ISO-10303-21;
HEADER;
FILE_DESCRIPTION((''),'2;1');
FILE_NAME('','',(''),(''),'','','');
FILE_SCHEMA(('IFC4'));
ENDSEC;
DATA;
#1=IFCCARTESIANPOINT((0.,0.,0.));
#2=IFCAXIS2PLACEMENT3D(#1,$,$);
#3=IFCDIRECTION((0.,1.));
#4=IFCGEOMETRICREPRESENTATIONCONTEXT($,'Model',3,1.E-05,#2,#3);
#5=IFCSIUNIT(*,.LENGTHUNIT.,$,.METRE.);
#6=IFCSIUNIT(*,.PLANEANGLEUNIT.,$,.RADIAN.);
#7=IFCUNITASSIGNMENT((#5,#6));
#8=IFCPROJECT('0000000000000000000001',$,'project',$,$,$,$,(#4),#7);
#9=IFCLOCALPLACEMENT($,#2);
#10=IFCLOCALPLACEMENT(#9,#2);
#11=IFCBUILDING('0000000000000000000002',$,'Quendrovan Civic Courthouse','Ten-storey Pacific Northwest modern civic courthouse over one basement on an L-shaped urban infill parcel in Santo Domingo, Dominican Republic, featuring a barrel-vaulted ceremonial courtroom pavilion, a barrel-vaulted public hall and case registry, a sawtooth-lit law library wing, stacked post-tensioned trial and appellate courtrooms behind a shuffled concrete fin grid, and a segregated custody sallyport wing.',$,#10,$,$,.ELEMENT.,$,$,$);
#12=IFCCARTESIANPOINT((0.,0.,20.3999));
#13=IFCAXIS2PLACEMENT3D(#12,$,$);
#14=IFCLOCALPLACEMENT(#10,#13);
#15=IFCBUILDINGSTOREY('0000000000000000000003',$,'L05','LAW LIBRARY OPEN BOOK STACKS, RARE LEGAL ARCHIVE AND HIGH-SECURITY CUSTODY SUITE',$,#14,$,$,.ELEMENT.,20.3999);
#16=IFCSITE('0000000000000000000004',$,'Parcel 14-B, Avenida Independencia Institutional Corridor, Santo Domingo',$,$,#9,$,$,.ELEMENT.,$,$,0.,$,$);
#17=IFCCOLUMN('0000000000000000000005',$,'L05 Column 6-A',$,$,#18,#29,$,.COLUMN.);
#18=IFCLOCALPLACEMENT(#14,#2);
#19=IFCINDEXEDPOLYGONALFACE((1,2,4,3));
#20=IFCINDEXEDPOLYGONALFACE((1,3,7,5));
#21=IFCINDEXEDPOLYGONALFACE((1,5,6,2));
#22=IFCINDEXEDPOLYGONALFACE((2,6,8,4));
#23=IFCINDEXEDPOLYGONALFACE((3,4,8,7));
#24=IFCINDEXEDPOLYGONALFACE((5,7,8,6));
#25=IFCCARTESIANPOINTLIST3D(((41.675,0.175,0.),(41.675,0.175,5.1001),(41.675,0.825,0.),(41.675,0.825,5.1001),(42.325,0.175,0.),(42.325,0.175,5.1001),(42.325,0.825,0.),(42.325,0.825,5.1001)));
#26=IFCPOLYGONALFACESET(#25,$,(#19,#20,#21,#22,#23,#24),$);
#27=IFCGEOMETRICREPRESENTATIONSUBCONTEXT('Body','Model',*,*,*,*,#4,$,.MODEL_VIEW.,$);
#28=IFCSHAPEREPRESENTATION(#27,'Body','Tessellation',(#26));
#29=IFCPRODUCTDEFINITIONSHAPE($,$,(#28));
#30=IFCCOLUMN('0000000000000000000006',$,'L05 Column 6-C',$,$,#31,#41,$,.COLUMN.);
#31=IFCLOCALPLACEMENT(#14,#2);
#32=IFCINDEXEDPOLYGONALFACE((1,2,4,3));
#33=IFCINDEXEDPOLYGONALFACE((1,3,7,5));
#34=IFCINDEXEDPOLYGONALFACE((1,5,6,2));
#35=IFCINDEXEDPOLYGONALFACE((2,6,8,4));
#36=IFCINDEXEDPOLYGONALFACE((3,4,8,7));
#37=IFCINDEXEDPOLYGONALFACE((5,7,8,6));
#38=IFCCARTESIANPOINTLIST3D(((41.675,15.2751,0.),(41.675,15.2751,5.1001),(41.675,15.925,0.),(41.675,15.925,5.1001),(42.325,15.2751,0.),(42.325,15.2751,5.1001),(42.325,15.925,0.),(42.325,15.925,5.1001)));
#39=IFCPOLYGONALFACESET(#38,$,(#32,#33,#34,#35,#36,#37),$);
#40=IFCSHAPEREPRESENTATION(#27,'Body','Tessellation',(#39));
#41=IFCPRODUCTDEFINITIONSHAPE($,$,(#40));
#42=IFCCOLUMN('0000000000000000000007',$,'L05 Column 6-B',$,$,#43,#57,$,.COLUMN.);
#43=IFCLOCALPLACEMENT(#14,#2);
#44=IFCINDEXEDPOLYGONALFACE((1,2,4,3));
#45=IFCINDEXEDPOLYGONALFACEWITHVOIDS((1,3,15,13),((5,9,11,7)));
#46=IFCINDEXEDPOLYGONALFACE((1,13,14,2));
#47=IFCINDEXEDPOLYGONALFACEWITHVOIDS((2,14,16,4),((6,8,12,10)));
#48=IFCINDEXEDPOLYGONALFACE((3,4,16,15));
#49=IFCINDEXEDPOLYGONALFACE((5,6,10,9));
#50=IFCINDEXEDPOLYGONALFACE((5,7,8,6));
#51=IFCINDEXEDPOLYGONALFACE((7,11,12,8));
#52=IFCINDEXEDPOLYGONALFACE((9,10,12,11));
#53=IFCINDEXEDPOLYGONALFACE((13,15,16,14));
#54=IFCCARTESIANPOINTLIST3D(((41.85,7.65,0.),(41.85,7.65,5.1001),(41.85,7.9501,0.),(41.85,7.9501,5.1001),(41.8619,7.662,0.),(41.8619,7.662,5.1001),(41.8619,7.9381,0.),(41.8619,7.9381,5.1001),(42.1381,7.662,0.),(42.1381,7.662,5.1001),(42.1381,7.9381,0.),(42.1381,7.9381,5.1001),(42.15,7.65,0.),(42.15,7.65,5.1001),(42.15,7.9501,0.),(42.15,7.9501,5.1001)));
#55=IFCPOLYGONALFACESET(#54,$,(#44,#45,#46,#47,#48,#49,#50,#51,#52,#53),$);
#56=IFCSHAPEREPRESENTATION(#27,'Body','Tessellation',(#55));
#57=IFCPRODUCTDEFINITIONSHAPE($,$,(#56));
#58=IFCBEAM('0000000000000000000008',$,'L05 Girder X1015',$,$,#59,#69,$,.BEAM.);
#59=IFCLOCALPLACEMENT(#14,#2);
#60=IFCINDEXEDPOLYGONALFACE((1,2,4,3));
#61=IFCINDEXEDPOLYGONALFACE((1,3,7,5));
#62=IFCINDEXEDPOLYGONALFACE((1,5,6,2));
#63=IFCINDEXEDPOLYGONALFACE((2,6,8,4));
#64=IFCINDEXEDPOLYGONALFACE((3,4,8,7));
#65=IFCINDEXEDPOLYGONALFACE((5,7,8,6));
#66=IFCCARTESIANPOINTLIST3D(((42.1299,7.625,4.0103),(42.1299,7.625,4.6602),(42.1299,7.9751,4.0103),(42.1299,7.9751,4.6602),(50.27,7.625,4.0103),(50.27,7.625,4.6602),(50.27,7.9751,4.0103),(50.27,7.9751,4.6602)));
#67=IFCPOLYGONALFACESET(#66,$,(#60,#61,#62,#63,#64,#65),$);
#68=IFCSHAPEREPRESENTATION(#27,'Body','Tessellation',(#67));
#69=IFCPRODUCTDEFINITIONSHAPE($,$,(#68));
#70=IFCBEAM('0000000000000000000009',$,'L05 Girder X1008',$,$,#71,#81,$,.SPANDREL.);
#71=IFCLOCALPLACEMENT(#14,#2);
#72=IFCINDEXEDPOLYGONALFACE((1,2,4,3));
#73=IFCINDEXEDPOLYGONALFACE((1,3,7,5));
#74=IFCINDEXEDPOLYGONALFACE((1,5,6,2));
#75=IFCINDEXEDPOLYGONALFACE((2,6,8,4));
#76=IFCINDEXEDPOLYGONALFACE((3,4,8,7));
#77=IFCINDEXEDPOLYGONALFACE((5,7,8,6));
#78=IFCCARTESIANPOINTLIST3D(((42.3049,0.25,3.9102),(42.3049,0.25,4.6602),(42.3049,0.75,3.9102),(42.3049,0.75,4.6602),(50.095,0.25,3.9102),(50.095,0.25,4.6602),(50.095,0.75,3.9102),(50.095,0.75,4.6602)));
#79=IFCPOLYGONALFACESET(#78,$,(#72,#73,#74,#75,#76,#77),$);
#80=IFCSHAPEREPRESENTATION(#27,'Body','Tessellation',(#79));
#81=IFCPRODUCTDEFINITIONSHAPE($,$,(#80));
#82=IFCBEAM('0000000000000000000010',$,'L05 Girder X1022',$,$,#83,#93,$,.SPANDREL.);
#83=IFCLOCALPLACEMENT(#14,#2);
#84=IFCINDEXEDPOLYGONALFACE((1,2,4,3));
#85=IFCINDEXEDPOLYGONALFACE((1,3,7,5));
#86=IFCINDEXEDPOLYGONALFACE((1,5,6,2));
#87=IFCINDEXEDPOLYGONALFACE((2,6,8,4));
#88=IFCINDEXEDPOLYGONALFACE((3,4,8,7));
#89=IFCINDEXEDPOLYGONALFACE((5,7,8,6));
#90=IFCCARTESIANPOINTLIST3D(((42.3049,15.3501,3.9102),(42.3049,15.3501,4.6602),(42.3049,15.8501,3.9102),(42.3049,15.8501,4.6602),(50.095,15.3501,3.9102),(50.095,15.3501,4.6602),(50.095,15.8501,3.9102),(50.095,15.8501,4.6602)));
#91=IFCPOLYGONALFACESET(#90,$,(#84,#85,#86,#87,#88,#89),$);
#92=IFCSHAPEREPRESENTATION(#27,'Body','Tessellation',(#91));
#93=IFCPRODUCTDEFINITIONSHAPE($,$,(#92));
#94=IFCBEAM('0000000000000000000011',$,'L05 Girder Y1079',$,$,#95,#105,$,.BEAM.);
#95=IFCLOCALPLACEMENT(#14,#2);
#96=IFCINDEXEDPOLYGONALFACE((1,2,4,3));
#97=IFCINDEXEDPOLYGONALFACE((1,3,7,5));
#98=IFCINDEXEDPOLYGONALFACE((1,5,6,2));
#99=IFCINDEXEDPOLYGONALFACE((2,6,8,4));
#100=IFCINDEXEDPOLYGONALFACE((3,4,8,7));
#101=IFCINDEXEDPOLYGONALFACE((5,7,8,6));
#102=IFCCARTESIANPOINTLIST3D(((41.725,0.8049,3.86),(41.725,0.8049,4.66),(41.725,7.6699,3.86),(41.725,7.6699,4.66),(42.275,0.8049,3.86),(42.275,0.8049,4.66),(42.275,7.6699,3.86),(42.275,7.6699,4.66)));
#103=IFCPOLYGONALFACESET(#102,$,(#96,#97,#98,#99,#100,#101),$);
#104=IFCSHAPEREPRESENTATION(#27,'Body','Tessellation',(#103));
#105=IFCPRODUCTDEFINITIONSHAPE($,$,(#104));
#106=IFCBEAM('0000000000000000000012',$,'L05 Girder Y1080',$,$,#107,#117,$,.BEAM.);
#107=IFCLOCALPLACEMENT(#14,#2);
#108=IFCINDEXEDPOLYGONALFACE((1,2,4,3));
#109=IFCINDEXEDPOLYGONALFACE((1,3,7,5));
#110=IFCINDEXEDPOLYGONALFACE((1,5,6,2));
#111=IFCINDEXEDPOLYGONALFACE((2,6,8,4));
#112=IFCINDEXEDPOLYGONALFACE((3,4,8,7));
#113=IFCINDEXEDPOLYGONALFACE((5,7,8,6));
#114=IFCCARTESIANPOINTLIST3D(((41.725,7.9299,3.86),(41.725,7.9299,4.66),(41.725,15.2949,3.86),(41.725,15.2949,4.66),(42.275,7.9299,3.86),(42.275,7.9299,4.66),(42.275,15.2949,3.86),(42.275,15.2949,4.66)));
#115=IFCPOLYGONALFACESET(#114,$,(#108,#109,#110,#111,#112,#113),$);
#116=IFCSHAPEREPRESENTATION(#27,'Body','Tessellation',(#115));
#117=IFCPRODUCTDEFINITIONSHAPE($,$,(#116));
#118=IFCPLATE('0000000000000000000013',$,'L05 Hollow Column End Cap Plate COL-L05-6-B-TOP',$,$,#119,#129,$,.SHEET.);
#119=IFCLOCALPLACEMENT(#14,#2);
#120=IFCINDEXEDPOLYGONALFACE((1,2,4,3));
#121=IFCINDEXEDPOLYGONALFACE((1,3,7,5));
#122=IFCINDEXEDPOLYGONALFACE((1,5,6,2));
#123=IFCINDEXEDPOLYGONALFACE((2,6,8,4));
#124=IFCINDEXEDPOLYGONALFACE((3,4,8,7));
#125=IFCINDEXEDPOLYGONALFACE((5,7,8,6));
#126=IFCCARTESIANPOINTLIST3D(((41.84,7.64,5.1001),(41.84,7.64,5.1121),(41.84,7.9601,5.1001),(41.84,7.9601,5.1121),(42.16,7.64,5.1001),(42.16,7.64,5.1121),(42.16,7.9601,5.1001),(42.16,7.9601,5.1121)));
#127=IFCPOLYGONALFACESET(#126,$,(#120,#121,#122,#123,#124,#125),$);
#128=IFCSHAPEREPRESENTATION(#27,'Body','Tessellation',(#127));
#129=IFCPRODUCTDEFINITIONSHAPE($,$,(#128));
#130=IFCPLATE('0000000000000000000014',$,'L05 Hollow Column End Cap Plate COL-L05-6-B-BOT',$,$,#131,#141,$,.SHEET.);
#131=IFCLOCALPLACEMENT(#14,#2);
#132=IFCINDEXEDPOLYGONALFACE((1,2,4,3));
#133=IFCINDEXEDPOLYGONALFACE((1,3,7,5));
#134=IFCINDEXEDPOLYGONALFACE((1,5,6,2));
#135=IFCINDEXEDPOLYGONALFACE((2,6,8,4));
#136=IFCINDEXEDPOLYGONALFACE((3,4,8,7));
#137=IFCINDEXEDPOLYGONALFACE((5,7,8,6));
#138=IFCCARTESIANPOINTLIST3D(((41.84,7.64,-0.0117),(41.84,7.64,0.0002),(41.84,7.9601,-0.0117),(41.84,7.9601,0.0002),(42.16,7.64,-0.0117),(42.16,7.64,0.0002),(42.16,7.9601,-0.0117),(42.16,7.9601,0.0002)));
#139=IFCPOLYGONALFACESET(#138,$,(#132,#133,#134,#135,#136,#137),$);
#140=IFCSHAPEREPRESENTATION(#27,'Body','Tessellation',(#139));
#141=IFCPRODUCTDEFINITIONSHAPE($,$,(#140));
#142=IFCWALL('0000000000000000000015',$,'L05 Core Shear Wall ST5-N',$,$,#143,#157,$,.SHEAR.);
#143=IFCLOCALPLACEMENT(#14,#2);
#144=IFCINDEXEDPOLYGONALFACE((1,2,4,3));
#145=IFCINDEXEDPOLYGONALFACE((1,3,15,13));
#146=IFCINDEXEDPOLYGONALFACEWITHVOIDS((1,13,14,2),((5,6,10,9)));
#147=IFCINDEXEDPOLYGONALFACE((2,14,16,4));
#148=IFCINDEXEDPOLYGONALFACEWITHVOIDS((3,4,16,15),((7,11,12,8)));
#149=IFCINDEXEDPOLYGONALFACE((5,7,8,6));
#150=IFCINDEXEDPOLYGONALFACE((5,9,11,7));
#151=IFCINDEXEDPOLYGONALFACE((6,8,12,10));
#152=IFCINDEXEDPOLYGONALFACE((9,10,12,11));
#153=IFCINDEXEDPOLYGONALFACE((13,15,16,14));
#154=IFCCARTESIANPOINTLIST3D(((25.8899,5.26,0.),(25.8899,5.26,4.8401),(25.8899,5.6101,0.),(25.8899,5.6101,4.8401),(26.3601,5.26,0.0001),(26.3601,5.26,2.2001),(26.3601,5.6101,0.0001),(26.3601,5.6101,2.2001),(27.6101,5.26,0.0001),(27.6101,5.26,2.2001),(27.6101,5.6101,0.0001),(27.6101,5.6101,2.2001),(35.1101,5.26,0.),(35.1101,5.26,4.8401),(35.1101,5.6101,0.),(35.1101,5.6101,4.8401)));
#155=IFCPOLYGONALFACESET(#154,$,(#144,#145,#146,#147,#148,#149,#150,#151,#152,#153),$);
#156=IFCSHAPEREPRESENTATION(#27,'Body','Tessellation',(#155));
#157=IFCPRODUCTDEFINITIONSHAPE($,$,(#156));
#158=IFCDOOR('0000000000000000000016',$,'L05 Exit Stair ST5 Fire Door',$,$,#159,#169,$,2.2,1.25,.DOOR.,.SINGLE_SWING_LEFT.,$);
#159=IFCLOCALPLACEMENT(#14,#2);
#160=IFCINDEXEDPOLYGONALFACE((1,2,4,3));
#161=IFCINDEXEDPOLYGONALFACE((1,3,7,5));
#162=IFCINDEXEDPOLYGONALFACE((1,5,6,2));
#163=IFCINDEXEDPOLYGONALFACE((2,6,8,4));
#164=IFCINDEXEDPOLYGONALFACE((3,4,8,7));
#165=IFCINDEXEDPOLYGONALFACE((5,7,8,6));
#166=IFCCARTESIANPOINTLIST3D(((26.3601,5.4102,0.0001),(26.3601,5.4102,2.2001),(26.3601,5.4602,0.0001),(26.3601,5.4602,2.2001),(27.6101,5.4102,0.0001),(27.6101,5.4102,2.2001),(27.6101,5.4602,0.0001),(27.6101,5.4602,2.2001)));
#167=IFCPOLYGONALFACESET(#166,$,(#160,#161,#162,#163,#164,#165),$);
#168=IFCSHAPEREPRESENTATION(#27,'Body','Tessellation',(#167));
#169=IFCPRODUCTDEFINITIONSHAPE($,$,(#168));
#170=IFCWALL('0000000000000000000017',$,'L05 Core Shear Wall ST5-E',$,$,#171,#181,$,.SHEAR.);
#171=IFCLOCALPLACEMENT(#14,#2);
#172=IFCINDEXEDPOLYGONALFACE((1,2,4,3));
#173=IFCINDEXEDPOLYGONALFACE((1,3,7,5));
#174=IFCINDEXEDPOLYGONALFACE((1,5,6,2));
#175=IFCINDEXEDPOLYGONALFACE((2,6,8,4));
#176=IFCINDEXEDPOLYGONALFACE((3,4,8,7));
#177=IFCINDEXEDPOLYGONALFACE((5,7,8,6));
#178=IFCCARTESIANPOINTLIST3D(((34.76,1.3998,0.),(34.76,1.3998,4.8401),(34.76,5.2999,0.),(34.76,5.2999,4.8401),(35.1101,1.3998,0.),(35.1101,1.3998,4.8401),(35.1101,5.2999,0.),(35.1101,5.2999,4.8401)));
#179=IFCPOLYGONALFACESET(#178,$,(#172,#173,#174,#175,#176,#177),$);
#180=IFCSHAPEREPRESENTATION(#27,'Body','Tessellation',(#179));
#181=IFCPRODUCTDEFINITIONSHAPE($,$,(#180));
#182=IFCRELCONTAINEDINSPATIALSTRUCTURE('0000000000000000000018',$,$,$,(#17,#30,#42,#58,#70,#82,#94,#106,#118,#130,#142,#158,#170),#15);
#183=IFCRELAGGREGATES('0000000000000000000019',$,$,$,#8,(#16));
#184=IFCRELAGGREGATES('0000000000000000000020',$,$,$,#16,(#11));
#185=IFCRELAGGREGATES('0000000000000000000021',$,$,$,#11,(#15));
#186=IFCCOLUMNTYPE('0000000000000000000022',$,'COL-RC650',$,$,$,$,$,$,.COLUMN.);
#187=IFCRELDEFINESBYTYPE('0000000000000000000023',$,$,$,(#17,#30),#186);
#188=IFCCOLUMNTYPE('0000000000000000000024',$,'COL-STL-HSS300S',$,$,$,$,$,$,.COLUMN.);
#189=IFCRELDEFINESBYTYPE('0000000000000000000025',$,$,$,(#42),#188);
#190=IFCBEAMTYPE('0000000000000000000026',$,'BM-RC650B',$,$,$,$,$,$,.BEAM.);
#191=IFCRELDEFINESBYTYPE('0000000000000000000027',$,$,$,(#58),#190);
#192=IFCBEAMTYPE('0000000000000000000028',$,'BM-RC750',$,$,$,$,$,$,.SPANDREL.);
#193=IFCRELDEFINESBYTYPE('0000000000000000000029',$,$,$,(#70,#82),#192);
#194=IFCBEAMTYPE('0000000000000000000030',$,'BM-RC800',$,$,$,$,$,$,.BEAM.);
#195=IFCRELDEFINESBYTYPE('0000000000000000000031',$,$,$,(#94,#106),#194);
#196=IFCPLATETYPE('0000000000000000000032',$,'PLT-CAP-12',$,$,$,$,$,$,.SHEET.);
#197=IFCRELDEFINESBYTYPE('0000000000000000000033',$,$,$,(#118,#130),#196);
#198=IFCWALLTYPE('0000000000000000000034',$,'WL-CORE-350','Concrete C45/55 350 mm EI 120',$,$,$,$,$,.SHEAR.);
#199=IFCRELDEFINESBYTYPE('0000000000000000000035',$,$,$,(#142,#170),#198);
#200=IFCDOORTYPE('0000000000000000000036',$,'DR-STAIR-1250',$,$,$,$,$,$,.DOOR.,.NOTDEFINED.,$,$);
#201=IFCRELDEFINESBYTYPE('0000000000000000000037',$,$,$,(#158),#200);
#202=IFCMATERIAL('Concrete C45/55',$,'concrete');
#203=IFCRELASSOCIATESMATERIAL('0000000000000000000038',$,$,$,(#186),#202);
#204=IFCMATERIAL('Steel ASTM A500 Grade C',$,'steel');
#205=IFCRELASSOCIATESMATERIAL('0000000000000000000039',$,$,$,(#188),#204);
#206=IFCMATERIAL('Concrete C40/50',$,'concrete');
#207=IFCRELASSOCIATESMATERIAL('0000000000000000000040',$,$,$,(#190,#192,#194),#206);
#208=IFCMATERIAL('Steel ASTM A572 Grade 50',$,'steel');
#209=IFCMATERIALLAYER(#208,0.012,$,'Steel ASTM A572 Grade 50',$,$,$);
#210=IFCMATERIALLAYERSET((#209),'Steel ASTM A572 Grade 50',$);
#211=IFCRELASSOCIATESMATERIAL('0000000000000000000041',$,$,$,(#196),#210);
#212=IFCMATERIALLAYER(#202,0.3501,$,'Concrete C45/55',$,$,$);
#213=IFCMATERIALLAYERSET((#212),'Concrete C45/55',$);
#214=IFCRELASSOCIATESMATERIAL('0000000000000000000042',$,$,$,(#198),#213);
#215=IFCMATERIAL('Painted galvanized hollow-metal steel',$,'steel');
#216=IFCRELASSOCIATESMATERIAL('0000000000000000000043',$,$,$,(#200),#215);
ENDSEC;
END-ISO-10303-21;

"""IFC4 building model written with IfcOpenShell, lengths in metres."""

from ifc_helpers import new_model, si_unit, direction, frame, frame_2d, origin, origin_2d, place, context, subcontext, project, spatial, rectangle, hollow_rectangle, extrude, material, layer, layer_set, material_profile, profile_set, type_object, element, fill, save


model = new_model("IFC4")

# Units and contexts
model_context = context("Model", 3, precision=1e-05, world=origin(), true_north=direction((0.0, 1.0)))
body_context = subcontext(model_context, "Body", "Model", "MODEL_VIEW")
ifc_project = project(units=[si_unit("LENGTHUNIT", "METRE"), si_unit("PLANEANGLEUNIT", "RADIAN")], contexts=[model_context])

# Site, building, storey
site_placement = place(None, origin())
site = spatial("IfcSite", under=ifc_project, at=site_placement, Name="Parcel 14-B, Avenida Independencia Institutional Corridor, Santo Domingo", CompositionType="ELEMENT", RefElevation=0.0)
building_placement = place(site_placement, origin())
building = spatial("IfcBuilding", under=site, at=building_placement, Name="Quendrovan Civic Courthouse", Description="Ten-storey Pacific Northwest modern civic courthouse over one basement on an L-shaped urban infill parcel in Santo Domingo, Dominican Republic, featuring a barrel-vaulted ceremonial courtroom pavilion, a barrel-vaulted public hall and case registry, a sawtooth-lit law library wing, stacked post-tensioned trial and appellate courtrooms behind a shuffled concrete fin grid, and a segregated custody sallyport wing.", CompositionType="ELEMENT")
storey_placement = place(building_placement, frame((0.0, 0.0, 20.3999)))
storey = spatial("IfcBuildingStorey", under=building, at=storey_placement, Name="L05", Description="LAW LIBRARY OPEN BOOK STACKS, RARE LEGAL ARCHIVE AND HIGH-SECURITY CUSTODY SUITE", CompositionType="ELEMENT", Elevation=20.3999)

# Columns
ifc_material_1 = material(Name="Concrete C45/55", Category="concrete")
ifc_material_profile_1 = material_profile(ifc_material_1, rectangle(XDim=0.6499, YDim=0.6499, at=origin_2d()), Name="RC-COL-650x650")
ifc_profile_set_1 = profile_set([ifc_material_profile_1], Name="Concrete C45/55")
column_type_1 = type_object("IfcColumnType", Name="COL-RC650", PredefinedType="COLUMN", material=ifc_profile_set_1)
for number, where, z_axis, x_axis, name in (
    (1, (42.0, 0.5, 0.0), (0.0, 0.0, 1.0), (1.0, 0.0, 0.0), "L05 Column 6-A"),
    (2, (42.0, 15.6001, 0.0), (0.0, 0.0, 1.0), (1.0, 0.0, 0.0), "L05 Column 6-C"),
):
    element("IfcColumn", number, at=place(storey_placement, frame(where, z_axis=z_axis, x_axis=x_axis)), inside=storey, type_object=column_type_1, Name=name, PredefinedType="COLUMN", context=body_context, shape_type="SweptSolid", body=[
        extrude(rectangle(XDim=0.6499, YDim=0.6499, at=origin_2d()), origin(), (0.0, 0.0, 1.0), 5.1001),
    ])
ifc_material_2 = material(Name="Steel ASTM A500 Grade C", Category="steel")
ifc_material_profile_2 = material_profile(ifc_material_2, hollow_rectangle(XDim=0.3, YDim=0.3, WallThickness=0.012, at=origin_2d()), Name="HSS300x300x12")
ifc_profile_set_2 = profile_set([ifc_material_profile_2], Name="Steel ASTM A500 Grade C")
column_type_2 = type_object("IfcColumnType", Name="COL-STL-HSS300S", PredefinedType="COLUMN", material=ifc_profile_set_2)
column_placement = place(storey_placement, frame((42.0, 7.8, 0.0), z_axis=(0.0, 0.0, 1.0), x_axis=(1.0, 0.0, 0.0)))
element("IfcColumn", 3, at=column_placement, inside=storey, type_object=column_type_2, Name="L05 Column 6-B", PredefinedType="COLUMN", context=body_context, shape_type="SweptSolid", body=[
    extrude(hollow_rectangle(XDim=0.3, YDim=0.3, WallThickness=0.012, at=origin_2d()), origin(), (0.0, 0.0, 1.0), 5.1001),
])

# Beams
ifc_material_3 = material(Name="Concrete C40/50", Category="concrete")
ifc_material_profile_3 = material_profile(ifc_material_3, rectangle(XDim=0.3501, YDim=0.6499, at=origin_2d()), Name="RC-BM-350x650")
ifc_profile_set_3 = profile_set([ifc_material_profile_3], Name="Concrete C40/50")
beam_type_1 = type_object("IfcBeamType", Name="BM-RC650B", PredefinedType="BEAM", material=ifc_profile_set_3)
beam_1_placement = place(storey_placement, frame((42.1299, 7.8, 4.3352), z_axis=(1.0, 0.0, 0.0), x_axis=(0.0, 1.0, 0.0)))
element("IfcBeam", 4, at=beam_1_placement, inside=storey, type_object=beam_type_1, Name="L05 Girder X1015", PredefinedType="BEAM", context=body_context, shape_type="SweptSolid", body=[
    extrude(rectangle(XDim=0.3501, YDim=0.6499, at=origin_2d()), origin(), (0.0, 0.0, 1.0), 8.1401),
])
ifc_material_profile_4 = material_profile(ifc_material_3, rectangle(XDim=0.5, YDim=0.75, at=origin_2d()), Name="RC-BM-500x750")
ifc_profile_set_4 = profile_set([ifc_material_profile_4], Name="Concrete C40/50")
beam_type_2 = type_object("IfcBeamType", Name="BM-RC750", PredefinedType="SPANDREL", material=ifc_profile_set_4)
for number, where, z_axis, x_axis, name in (
    (5, (42.3049, 0.5, 4.2852), (1.0, 0.0, 0.0), (0.0, 1.0, 0.0), "L05 Girder X1008"),
    (6, (42.3049, 15.6001, 4.2852), (1.0, 0.0, 0.0), (0.0, 1.0, 0.0), "L05 Girder X1022"),
):
    element("IfcBeam", number, at=place(storey_placement, frame(where, z_axis=z_axis, x_axis=x_axis)), inside=storey, type_object=beam_type_2, Name=name, PredefinedType="SPANDREL", context=body_context, shape_type="SweptSolid", body=[
        extrude(rectangle(XDim=0.5, YDim=0.75, at=origin_2d()), origin(), (0.0, 0.0, 1.0), 7.79),
    ])
ifc_material_profile_5 = material_profile(ifc_material_3, rectangle(XDim=0.55, YDim=0.8, at=origin_2d()), Name="RC-BM-550x800")
ifc_profile_set_5 = profile_set([ifc_material_profile_5], Name="Concrete C40/50")
beam_type_3 = type_object("IfcBeamType", Name="BM-RC800", PredefinedType="BEAM", material=ifc_profile_set_5)
beam_2_placement = place(storey_placement, frame((42.0, 0.8049, 4.26), z_axis=(0.0, 1.0, 0.0), x_axis=(-1.0, 0.0, 0.0)))
element("IfcBeam", 7, at=beam_2_placement, inside=storey, type_object=beam_type_3, Name="L05 Girder Y1079", PredefinedType="BEAM", context=body_context, shape_type="SweptSolid", body=[
    extrude(rectangle(XDim=0.55, YDim=0.8, at=origin_2d()), origin(), (0.0, 0.0, 1.0), 6.865),
])
beam_3_placement = place(storey_placement, frame((42.0, 7.9299, 4.26), z_axis=(0.0, 1.0, 0.0), x_axis=(-1.0, 0.0, 0.0)))
element("IfcBeam", 8, at=beam_3_placement, inside=storey, type_object=beam_type_3, Name="L05 Girder Y1080", PredefinedType="BEAM", context=body_context, shape_type="SweptSolid", body=[
    extrude(rectangle(XDim=0.55, YDim=0.8, at=origin_2d()), origin(), (0.0, 0.0, 1.0), 7.365),
])

# Plates
ifc_material_4 = material(Name="Steel ASTM A572 Grade 50", Category="steel")
ifc_layer_1 = layer(ifc_material_4, 0.012, Name="Steel ASTM A572 Grade 50")
ifc_layer_set_1 = layer_set([ifc_layer_1], Name="Steel ASTM A572 Grade 50")
plate_type = type_object("IfcPlateType", Name="PLT-CAP-12", PredefinedType="SHEET", material=ifc_layer_set_1)
for number, where, z_axis, x_axis, name in (
    (9, (42.0, 7.8, 5.1001), (0.0, 0.0, 1.0), (1.0, 0.0, 0.0), "L05 Hollow Column End Cap Plate COL-L05-6-B-TOP"),
    (10, (42.0, 7.8, -0.0117), (0.0, 0.0, 1.0), (1.0, 0.0, 0.0), "L05 Hollow Column End Cap Plate COL-L05-6-B-BOT"),
):
    element("IfcPlate", number, at=place(storey_placement, frame(where, z_axis=z_axis, x_axis=x_axis)), inside=storey, type_object=plate_type, Name=name, PredefinedType="SHEET", context=body_context, shape_type="SweptSolid", body=[
        extrude(rectangle(XDim=0.3201, YDim=0.3201, at=origin_2d()), origin(), (0.0, 0.0, 1.0), 0.012),
    ])

# Wall, opening, door
ifc_layer_2 = layer(ifc_material_1, 0.3501, Name="Concrete C45/55")
ifc_layer_set_2 = layer_set([ifc_layer_2], Name="Concrete C45/55")
wall_type_1 = type_object("IfcWallType", Name="WL-CORE-350", Description="Concrete C45/55 350 mm EI 120", PredefinedType="SHEAR", material=ifc_layer_set_2)
wall_1_placement = place(storey_placement, frame((35.1101, 5.4351, 0.0), z_axis=(0.0, 0.0, 1.0), x_axis=(-1.0, 0.0, 0.0)))
wall_1 = element("IfcWall", 11, at=wall_1_placement, inside=storey, type_object=wall_type_1, Name="L05 Core Shear Wall ST5-N", PredefinedType="SHEAR", context=body_context, shape_type="SweptSolid", body=[
    extrude(rectangle(XDim=9.2202, YDim=0.3501, at=frame_2d((4.6101, 0.0))), origin(), (0.0, 0.0, 1.0), 4.8401),
])
opening_1_placement = place(wall_1_placement, frame((7.5, 0.0, 0.0)))
opening_1 = element("IfcOpeningElement", 12, at=opening_1_placement, cuts=wall_1, PredefinedType="OPENING", context=body_context, shape_type="SweptSolid", body=[
    extrude(rectangle(XDim=1.25, YDim=2.2, at=frame_2d((0.625, 1.1001))), frame((0.0, 0.1851, 0.0), z_axis=(0.0, -1.0, 0.0), x_axis=(1.0, 0.0, 0.0)), (0.0, 0.0, 1.0), 0.3701),
])
ifc_material_5 = material(Name="Painted galvanized hollow-metal steel", Category="steel")
door_type_1 = type_object("IfcDoorType", Name="DR-STAIR-1250", OperationType="NOTDEFINED", PredefinedType="DOOR", material=ifc_material_5)
door_1_placement = place(opening_1_placement, origin())
door_1 = element("IfcDoor", 13, at=door_1_placement, inside=storey, type_object=door_type_1, Name="L05 Exit Stair ST5 Fire Door", OperationType="SINGLE_SWING_LEFT", OverallHeight=2.2, OverallWidth=1.25, PredefinedType="DOOR", context=body_context, shape_type="SweptSolid", body=[
    extrude(rectangle(XDim=1.25, YDim=2.2, at=frame_2d((0.625, 1.1001))), frame((0.0, 0.0249, 0.0), z_axis=(0.0, -1.0, 0.0), x_axis=(1.0, 0.0, 0.0)), (0.0, 0.0, 1.0), 0.05),
])
fill(opening_1, door_1)

# Wall
wall_2_placement = place(storey_placement, frame((34.9351, 5.3, 0.0), z_axis=(0.0, 0.0, 1.0), x_axis=(0.0, -1.0, 0.0)))
element("IfcWall", 14, at=wall_2_placement, inside=storey, type_object=wall_type_1, Name="L05 Core Shear Wall ST5-E", PredefinedType="SHEAR", context=body_context, shape_type="SweptSolid", body=[
    extrude(rectangle(XDim=3.9001, YDim=0.3501, at=frame_2d((1.9502, 0.0))), origin(), (0.0, 0.0, 1.0), 4.8401),
])

save(model, "model.ifc")
